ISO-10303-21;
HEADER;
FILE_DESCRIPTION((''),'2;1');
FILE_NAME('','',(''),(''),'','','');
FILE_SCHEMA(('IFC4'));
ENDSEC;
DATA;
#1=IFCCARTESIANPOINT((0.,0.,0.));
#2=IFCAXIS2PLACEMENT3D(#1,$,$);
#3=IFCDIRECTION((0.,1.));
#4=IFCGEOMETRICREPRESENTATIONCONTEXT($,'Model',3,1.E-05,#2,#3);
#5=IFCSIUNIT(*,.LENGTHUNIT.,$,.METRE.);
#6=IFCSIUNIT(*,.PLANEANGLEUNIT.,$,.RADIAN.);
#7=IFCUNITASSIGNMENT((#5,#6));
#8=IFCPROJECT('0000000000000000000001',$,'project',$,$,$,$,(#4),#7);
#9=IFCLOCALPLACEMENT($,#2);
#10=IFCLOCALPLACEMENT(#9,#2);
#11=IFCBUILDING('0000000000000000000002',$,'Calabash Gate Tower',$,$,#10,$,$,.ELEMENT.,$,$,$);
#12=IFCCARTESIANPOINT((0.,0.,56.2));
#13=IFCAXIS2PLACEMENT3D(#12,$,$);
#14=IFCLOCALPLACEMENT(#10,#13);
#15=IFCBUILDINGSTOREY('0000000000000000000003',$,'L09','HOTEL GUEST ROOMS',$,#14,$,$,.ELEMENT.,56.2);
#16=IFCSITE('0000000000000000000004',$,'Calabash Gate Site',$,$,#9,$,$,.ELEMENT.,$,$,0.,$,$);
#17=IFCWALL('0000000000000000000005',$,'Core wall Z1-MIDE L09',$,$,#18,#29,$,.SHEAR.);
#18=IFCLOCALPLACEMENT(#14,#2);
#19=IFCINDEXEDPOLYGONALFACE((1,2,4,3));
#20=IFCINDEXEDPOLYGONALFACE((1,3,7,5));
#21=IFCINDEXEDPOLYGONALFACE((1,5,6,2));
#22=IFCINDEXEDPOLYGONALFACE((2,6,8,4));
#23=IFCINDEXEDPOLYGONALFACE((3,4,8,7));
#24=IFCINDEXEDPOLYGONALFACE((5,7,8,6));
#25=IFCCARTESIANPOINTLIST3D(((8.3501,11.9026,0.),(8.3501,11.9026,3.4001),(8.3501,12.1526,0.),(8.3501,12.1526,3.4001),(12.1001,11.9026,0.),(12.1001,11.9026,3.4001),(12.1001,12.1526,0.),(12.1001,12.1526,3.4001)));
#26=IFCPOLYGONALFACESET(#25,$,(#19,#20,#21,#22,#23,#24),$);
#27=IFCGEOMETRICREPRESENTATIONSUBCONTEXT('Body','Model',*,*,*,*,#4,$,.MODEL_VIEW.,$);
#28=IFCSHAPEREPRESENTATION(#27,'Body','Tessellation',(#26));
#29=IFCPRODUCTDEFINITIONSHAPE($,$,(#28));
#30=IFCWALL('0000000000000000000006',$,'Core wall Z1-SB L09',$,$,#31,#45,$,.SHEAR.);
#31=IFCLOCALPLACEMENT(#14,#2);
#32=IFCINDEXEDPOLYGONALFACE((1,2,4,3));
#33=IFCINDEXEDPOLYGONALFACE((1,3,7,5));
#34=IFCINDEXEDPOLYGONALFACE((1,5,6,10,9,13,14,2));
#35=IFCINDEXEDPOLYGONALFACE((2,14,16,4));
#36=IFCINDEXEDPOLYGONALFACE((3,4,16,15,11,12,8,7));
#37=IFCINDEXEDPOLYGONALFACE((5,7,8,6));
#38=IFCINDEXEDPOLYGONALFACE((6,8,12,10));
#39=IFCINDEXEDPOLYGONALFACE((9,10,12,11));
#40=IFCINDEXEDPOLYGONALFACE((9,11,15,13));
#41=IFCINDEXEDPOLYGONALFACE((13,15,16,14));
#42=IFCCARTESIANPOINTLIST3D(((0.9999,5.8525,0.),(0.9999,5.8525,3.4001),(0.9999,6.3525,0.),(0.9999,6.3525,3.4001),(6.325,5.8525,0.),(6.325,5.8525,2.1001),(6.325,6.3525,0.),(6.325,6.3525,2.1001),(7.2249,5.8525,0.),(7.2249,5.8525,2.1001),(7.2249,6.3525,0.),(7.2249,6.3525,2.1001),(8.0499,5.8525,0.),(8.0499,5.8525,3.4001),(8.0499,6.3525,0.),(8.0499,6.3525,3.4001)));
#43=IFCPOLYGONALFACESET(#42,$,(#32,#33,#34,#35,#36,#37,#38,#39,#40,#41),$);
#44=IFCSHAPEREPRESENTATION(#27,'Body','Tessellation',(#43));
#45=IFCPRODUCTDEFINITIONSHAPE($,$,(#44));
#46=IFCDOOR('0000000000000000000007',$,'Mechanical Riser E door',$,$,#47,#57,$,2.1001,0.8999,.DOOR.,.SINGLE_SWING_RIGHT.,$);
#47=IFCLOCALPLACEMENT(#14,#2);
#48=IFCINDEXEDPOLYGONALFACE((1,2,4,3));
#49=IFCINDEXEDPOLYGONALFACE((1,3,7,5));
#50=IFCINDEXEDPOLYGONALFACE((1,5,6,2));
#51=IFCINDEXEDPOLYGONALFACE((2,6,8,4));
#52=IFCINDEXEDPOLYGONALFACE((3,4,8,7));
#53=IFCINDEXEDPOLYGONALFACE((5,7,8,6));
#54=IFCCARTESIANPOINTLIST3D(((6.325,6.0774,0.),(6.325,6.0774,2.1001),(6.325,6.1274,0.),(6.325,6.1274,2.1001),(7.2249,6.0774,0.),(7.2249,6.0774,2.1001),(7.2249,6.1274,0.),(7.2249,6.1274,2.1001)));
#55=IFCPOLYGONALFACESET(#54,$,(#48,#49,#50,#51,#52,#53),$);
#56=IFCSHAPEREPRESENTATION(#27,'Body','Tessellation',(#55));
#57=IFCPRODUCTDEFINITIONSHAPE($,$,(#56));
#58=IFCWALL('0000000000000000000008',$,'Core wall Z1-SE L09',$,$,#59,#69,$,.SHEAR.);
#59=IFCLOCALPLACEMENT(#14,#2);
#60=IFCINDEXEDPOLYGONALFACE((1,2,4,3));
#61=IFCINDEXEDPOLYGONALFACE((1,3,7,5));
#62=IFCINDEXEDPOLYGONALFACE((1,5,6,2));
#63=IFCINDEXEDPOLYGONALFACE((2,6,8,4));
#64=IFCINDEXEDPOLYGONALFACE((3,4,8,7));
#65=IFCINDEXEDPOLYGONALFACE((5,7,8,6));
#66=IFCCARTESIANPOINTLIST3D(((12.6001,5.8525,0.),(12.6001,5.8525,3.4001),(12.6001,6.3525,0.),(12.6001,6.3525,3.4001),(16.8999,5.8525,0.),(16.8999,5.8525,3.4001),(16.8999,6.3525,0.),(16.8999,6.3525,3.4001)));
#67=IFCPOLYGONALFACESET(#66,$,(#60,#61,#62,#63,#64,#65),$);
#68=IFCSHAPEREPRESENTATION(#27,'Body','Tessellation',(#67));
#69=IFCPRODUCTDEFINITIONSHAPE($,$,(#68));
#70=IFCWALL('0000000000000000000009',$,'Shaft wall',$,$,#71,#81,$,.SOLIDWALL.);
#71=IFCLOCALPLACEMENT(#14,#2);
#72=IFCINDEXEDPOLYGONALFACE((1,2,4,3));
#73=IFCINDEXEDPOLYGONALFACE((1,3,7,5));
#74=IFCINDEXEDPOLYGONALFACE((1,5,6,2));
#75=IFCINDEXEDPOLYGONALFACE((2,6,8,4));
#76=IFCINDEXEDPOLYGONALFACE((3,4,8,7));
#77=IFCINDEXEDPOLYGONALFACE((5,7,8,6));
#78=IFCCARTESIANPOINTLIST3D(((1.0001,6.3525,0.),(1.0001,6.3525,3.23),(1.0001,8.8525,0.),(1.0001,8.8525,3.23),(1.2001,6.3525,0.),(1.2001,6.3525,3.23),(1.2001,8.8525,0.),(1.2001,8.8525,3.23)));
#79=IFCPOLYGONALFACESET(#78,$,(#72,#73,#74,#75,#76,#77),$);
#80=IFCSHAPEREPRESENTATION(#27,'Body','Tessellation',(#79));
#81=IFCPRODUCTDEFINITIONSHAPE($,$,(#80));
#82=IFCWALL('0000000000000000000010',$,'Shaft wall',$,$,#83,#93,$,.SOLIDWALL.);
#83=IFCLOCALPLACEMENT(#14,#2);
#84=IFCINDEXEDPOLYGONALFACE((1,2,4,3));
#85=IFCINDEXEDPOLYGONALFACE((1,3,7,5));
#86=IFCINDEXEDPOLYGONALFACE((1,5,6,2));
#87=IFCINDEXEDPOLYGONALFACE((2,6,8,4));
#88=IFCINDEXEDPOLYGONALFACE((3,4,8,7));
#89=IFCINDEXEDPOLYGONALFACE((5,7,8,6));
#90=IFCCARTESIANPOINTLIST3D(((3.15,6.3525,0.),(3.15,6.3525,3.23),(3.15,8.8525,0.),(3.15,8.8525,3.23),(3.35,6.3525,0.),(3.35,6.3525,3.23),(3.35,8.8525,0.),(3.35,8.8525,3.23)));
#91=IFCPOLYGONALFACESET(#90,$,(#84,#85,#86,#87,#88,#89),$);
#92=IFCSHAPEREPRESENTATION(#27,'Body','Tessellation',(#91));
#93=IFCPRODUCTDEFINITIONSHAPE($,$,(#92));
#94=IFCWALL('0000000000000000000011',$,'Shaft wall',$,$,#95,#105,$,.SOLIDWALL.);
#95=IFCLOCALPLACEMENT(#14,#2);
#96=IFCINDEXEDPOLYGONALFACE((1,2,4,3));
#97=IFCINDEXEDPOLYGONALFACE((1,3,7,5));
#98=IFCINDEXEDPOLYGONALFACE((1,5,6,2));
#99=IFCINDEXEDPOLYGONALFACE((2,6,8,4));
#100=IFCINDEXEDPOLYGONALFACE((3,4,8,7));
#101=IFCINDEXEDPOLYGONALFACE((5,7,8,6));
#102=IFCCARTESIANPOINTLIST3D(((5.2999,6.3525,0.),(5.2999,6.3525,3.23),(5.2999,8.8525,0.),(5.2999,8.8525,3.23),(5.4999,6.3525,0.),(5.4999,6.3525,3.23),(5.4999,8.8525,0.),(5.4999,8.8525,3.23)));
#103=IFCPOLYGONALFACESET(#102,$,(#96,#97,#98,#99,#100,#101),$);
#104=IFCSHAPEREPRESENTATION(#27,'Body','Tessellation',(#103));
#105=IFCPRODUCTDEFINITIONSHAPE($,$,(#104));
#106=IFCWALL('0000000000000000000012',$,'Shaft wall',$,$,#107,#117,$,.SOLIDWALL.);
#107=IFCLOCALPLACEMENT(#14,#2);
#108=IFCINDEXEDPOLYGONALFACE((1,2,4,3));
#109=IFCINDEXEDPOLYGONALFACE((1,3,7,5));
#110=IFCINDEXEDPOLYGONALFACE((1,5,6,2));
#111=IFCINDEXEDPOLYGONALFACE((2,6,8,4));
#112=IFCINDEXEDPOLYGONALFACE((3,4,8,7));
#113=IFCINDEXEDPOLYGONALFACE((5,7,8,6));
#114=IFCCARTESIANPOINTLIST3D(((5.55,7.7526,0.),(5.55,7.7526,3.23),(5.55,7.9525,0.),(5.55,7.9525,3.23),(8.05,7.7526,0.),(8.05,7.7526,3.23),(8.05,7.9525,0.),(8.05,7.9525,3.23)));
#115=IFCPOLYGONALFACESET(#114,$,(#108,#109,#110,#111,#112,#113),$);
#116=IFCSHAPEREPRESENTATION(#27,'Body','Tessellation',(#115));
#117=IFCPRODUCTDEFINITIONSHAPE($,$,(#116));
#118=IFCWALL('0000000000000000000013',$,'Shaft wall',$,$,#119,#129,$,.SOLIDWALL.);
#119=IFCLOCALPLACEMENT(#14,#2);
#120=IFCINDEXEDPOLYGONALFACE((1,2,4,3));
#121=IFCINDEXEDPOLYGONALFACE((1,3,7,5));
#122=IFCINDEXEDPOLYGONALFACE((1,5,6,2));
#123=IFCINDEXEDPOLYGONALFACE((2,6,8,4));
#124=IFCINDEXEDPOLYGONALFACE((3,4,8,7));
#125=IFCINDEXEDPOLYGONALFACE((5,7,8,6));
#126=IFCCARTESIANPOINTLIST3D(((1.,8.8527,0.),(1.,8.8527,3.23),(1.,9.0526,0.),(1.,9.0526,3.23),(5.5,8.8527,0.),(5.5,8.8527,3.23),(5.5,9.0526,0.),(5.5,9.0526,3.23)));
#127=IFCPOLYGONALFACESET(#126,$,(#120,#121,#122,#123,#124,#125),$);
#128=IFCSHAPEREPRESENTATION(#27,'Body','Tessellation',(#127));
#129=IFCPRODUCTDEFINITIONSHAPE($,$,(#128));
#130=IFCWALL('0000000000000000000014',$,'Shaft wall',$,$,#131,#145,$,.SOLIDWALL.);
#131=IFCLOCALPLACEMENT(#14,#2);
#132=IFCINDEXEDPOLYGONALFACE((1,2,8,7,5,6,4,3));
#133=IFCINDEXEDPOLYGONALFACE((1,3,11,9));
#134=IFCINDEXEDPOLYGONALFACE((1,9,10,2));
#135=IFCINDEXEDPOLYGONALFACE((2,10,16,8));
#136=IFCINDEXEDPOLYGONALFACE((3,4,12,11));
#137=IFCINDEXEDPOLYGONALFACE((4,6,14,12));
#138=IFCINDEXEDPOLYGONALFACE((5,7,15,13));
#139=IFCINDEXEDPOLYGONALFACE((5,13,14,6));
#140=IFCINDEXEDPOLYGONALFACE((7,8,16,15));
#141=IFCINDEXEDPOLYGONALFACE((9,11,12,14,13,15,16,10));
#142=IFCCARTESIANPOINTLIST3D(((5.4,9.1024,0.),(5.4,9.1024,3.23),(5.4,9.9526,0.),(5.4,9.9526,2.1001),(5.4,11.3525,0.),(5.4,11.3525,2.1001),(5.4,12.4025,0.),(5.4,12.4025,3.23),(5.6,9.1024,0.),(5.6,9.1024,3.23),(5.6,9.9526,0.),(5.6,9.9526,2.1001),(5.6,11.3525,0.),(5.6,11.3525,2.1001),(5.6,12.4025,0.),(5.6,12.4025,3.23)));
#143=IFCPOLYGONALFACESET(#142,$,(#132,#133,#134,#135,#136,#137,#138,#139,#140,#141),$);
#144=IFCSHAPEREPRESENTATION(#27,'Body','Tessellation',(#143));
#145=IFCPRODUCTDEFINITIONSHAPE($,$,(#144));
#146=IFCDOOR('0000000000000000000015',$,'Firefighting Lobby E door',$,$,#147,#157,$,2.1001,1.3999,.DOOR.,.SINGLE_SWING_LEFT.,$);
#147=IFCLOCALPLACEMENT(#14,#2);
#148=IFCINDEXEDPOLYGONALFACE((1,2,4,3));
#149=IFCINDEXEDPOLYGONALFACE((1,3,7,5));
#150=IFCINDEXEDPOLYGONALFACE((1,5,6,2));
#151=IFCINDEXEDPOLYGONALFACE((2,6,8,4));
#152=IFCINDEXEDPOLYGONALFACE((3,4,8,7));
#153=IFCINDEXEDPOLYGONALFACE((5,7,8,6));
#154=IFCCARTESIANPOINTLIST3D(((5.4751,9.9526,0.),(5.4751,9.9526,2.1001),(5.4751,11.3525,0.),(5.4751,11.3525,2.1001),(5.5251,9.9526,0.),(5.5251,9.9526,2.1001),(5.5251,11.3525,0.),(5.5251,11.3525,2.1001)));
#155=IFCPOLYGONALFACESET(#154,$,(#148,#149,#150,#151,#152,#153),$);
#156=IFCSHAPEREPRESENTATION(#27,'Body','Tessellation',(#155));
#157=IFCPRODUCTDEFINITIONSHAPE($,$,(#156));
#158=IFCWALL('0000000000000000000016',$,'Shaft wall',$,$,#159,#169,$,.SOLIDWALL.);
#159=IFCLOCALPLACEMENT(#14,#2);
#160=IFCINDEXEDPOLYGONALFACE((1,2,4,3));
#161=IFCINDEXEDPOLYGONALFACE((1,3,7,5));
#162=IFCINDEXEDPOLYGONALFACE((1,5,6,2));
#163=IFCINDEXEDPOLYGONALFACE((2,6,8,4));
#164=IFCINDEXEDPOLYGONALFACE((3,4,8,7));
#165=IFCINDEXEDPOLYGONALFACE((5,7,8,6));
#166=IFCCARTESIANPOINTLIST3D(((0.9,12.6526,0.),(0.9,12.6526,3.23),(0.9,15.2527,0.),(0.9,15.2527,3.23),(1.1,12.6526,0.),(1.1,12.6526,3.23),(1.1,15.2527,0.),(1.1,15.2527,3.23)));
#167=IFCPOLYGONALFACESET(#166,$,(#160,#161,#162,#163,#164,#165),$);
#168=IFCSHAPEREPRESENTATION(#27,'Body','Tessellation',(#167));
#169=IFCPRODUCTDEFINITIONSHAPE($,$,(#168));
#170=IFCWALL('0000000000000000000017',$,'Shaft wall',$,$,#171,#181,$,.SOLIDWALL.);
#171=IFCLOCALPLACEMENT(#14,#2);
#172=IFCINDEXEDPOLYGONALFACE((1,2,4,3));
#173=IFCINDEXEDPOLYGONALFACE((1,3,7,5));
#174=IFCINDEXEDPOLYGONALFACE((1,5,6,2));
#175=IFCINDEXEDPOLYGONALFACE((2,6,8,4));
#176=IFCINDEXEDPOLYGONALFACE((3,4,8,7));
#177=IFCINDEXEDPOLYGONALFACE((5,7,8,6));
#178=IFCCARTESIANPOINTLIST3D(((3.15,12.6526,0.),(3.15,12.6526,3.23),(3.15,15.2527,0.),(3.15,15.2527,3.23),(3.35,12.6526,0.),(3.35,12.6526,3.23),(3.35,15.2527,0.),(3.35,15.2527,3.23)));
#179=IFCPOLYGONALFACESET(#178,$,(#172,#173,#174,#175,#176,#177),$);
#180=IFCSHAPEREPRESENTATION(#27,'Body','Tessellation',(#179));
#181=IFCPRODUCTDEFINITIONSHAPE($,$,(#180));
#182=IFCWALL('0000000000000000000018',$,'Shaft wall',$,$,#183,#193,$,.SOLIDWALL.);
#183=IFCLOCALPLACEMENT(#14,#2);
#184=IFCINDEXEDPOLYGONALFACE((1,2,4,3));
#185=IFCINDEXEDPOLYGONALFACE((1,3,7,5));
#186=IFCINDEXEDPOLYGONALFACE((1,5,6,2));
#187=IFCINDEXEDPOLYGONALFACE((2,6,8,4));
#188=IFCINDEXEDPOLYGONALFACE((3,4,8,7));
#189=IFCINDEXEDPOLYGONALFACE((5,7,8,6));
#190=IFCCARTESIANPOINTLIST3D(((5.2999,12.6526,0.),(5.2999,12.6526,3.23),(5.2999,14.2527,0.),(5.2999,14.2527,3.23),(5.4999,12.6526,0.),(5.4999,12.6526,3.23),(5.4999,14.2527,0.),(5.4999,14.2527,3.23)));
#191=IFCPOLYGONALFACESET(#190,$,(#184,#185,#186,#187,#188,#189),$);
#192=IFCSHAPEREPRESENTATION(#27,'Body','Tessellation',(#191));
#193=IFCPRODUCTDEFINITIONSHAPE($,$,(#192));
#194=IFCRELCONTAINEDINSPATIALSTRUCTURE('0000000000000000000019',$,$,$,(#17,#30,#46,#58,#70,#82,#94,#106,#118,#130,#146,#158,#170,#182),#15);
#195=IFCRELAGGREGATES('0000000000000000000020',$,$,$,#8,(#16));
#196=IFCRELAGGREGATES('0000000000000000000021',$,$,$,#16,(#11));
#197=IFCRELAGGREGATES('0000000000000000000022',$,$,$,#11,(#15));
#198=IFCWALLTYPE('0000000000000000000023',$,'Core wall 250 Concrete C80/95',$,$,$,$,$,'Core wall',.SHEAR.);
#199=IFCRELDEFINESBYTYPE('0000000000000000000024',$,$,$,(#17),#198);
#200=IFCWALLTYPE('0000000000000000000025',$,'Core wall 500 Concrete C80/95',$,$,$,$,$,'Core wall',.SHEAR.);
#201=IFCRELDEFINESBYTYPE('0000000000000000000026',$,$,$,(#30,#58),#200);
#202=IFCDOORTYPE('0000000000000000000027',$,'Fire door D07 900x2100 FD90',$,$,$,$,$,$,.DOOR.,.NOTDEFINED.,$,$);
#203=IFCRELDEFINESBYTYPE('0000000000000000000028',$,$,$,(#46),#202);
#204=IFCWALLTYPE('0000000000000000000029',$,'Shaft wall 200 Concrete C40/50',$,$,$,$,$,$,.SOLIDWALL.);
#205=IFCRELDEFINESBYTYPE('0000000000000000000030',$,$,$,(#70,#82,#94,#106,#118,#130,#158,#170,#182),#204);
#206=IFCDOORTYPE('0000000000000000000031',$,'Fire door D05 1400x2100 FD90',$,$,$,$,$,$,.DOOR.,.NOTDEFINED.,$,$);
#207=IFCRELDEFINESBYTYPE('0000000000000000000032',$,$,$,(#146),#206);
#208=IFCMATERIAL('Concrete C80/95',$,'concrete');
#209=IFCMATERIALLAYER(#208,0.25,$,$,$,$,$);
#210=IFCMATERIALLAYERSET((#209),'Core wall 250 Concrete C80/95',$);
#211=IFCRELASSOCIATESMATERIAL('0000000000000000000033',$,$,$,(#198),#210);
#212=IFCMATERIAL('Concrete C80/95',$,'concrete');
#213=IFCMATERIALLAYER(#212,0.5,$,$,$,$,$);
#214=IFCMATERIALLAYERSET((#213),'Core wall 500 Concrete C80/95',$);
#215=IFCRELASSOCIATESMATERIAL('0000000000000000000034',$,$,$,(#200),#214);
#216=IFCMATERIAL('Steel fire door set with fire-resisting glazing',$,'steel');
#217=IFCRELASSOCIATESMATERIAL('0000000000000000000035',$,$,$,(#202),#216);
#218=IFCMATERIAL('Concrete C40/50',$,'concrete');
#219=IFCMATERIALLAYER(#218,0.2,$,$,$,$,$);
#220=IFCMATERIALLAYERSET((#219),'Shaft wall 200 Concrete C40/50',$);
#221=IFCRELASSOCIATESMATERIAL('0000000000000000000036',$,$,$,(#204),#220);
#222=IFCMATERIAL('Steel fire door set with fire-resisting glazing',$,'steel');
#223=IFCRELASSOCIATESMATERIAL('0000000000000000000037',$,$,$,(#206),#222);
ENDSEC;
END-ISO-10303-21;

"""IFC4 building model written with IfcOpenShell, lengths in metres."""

from ifc_helpers import new_model, si_unit, direction, frame, frame_2d, origin, place, context, subcontext, project, spatial, rectangle, extrude, material, layer, layer_set, type_object, element, fill, save


model = new_model("IFC4")

# Units and contexts
model_context = context("Model", 3, precision=1e-05, world=origin(), true_north=direction((0.0, 1.0)))
body_context = subcontext(model_context, "Body", "Model", "MODEL_VIEW")
ifc_project = project(units=[si_unit("LENGTHUNIT", "METRE"), si_unit("PLANEANGLEUNIT", "RADIAN")], contexts=[model_context])

# Site, building, storey
site_placement = place(None, origin())
site = spatial("IfcSite", under=ifc_project, at=site_placement, Name="Calabash Gate Site", CompositionType="ELEMENT", RefElevation=0.0)
building_placement = place(site_placement, origin())
building = spatial("IfcBuilding", under=site, at=building_placement, Name="Calabash Gate Tower", CompositionType="ELEMENT")
storey_placement = place(building_placement, frame((0.0, 0.0, 56.2)))
storey = spatial("IfcBuildingStorey", under=building, at=storey_placement, Name="L09", Description="HOTEL GUEST ROOMS", CompositionType="ELEMENT", Elevation=56.2)

# Wall
ifc_material_1 = material(Name="Concrete C80/95", Category="concrete")
ifc_layer_1 = layer(ifc_material_1, 0.25)
ifc_layer_set_1 = layer_set([ifc_layer_1], Name="Core wall 250 Concrete C80/95")
wall_type_1 = type_object("IfcWallType", Name="Core wall 250 Concrete C80/95", ElementType="Core wall", PredefinedType="SHEAR", material=ifc_layer_set_1)
wall_1_placement = place(storey_placement, frame((8.3501, 12.0276, 0.0), z_axis=(0.0, 0.0, 1.0), x_axis=(1.0, 0.0, 0.0)))
element("IfcWall", 1, at=wall_1_placement, inside=storey, type_object=wall_type_1, Name="Core wall Z1-MIDE L09", PredefinedType="SHEAR", context=body_context, shape_type="SweptSolid", body=[
    extrude(rectangle(XDim=3.75, YDim=0.25, at=frame_2d((1.875, 0.0))), origin(), (0.0, 0.0, 1.0), 3.4001),
])

# Wall, opening, door
ifc_material_2 = material(Name="Concrete C80/95", Category="concrete")
ifc_layer_2 = layer(ifc_material_2, 0.5)
ifc_layer_set_2 = layer_set([ifc_layer_2], Name="Core wall 500 Concrete C80/95")
wall_type_2 = type_object("IfcWallType", Name="Core wall 500 Concrete C80/95", ElementType="Core wall", PredefinedType="SHEAR", material=ifc_layer_set_2)
wall_2_placement = place(storey_placement, frame((1.0, 6.1025, 0.0), z_axis=(0.0, 0.0, 1.0), x_axis=(1.0, 0.0, 0.0)))
wall_2 = element("IfcWall", 2, at=wall_2_placement, inside=storey, type_object=wall_type_2, Name="Core wall Z1-SB L09", PredefinedType="SHEAR", context=body_context, shape_type="SweptSolid", body=[
    extrude(rectangle(XDim=7.05, YDim=0.5, at=frame_2d((3.5249, 0.0))), origin(), (0.0, 0.0, 1.0), 3.4001),
])
opening_1_placement = place(wall_2_placement, frame((5.325, 0.0, 0.0)))
opening_1 = element("IfcOpeningElement", 3, at=opening_1_placement, cuts=wall_2, PredefinedType="OPENING", context=body_context, shape_type="SweptSolid", body=[
    extrude(rectangle(XDim=0.8999, YDim=2.1001, at=frame_2d((0.45, 1.05))), frame((0.0, 0.26, 0.0), z_axis=(0.0, -1.0, 0.0), x_axis=(1.0, 0.0, 0.0)), (0.0, 0.0, 1.0), 0.52),
])
ifc_material_3 = material(Name="Steel fire door set with fire-resisting glazing", Category="steel")
door_type_1 = type_object("IfcDoorType", Name="Fire door D07 900x2100 FD90", OperationType="NOTDEFINED", PredefinedType="DOOR", material=ifc_material_3)
door_1_placement = place(opening_1_placement, origin())
door_1 = element("IfcDoor", 4, at=door_1_placement, inside=storey, type_object=door_type_1, Name="Mechanical Riser E door", OperationType="SINGLE_SWING_RIGHT", OverallHeight=2.1001, OverallWidth=0.8999, PredefinedType="DOOR", context=body_context, shape_type="SweptSolid", body=[
    extrude(rectangle(XDim=0.8999, YDim=2.1001, at=frame_2d((0.45, 1.05))), frame((0.0, 0.0249, 0.0), z_axis=(0.0, -1.0, 0.0), x_axis=(1.0, 0.0, 0.0)), (0.0, 0.0, 1.0), 0.05),
])
fill(opening_1, door_1)

# Walls
wall_3_placement = place(storey_placement, frame((12.6001, 6.1025, 0.0), z_axis=(0.0, 0.0, 1.0), x_axis=(1.0, 0.0, 0.0)))
element("IfcWall", 5, at=wall_3_placement, inside=storey, type_object=wall_type_2, Name="Core wall Z1-SE L09", PredefinedType="SHEAR", context=body_context, shape_type="SweptSolid", body=[
    extrude(rectangle(XDim=4.2998, YDim=0.5, at=frame_2d((2.1499, 0.0))), origin(), (0.0, 0.0, 1.0), 3.4001),
])
ifc_material_4 = material(Name="Concrete C40/50", Category="concrete")
ifc_layer_3 = layer(ifc_material_4, 0.2)
ifc_layer_set_3 = layer_set([ifc_layer_3], Name="Shaft wall 200 Concrete C40/50")
wall_type_3 = type_object("IfcWallType", Name="Shaft wall 200 Concrete C40/50", PredefinedType="SOLIDWALL", material=ifc_layer_set_3)
for number, where, z_axis, x_axis, name in (
    (6, (1.1001, 6.3525, 0.0), (0.0, 0.0, 1.0), (0.0, 1.0, 0.0), "Shaft wall"),
    (7, (3.25, 6.3525, 0.0), (0.0, 0.0, 1.0), (0.0, 1.0, 0.0), "Shaft wall"),
    (8, (5.3999, 6.3525, 0.0), (0.0, 0.0, 1.0), (0.0, 1.0, 0.0), "Shaft wall"),
    (9, (5.55, 7.8525, 0.0), (0.0, 0.0, 1.0), (1.0, 0.0, 0.0), "Shaft wall"),
):
    element("IfcWall", number, at=place(storey_placement, frame(where, z_axis=z_axis, x_axis=x_axis)), inside=storey, type_object=wall_type_3, Name=name, PredefinedType="SOLIDWALL", context=body_context, shape_type="SweptSolid", body=[
        extrude(rectangle(XDim=2.5, YDim=0.2, at=frame_2d((1.25, 0.0))), origin(), (0.0, 0.0, 1.0), 3.23),
    ])
wall_4_placement = place(storey_placement, frame((1.0, 8.9526, 0.0), z_axis=(0.0, 0.0, 1.0), x_axis=(1.0, 0.0, 0.0)))
element("IfcWall", 10, at=wall_4_placement, inside=storey, type_object=wall_type_3, Name="Shaft wall", PredefinedType="SOLIDWALL", context=body_context, shape_type="SweptSolid", body=[
    extrude(rectangle(XDim=4.5, YDim=0.2, at=frame_2d((2.25, 0.0))), origin(), (0.0, 0.0, 1.0), 3.23),
])

# Wall, opening, door
wall_5_placement = place(storey_placement, frame((5.5, 9.1025, 0.0), z_axis=(0.0, 0.0, 1.0), x_axis=(0.0, 1.0, 0.0)))
wall_5 = element("IfcWall", 11, at=wall_5_placement, inside=storey, type_object=wall_type_3, Name="Shaft wall", PredefinedType="SOLIDWALL", context=body_context, shape_type="SweptSolid", body=[
    extrude(rectangle(XDim=3.3, YDim=0.2, at=frame_2d((1.6499, 0.0))), origin(), (0.0, 0.0, 1.0), 3.23),
])
opening_2_placement = place(wall_5_placement, frame((0.8501, 0.0, 0.0)))
opening_2 = element("IfcOpeningElement", 12, at=opening_2_placement, cuts=wall_5, PredefinedType="OPENING", context=body_context, shape_type="SweptSolid", body=[
    extrude(rectangle(XDim=1.3999, YDim=2.1001, at=frame_2d((0.7, 1.05))), frame((0.0, 0.1099, 0.0), z_axis=(0.0, -1.0, 0.0), x_axis=(1.0, 0.0, 0.0)), (0.0, 0.0, 1.0), 0.22),
])
ifc_material_5 = material(Name="Steel fire door set with fire-resisting glazing", Category="steel")
door_type_2 = type_object("IfcDoorType", Name="Fire door D05 1400x2100 FD90", OperationType="NOTDEFINED", PredefinedType="DOOR", material=ifc_material_5)
door_2_placement = place(opening_2_placement, origin())
door_2 = element("IfcDoor", 13, at=door_2_placement, inside=storey, type_object=door_type_2, Name="Firefighting Lobby E door", OperationType="SINGLE_SWING_LEFT", OverallHeight=2.1001, OverallWidth=1.3999, PredefinedType="DOOR", context=body_context, shape_type="SweptSolid", body=[
    extrude(rectangle(XDim=1.3999, YDim=2.1001, at=frame_2d((0.7, 1.05))), frame((0.0, 0.0249, 0.0), z_axis=(0.0, -1.0, 0.0), x_axis=(1.0, 0.0, 0.0)), (0.0, 0.0, 1.0), 0.05),
])
fill(opening_2, door_2)

# Walls
for number, where, z_axis, x_axis, name in (
    (14, (1.0, 12.6526, 0.0), (0.0, 0.0, 1.0), (0.0, 1.0, 0.0), "Shaft wall"),
    (15, (3.25, 12.6526, 0.0), (0.0, 0.0, 1.0), (0.0, 1.0, 0.0), "Shaft wall"),
):
    element("IfcWall", number, at=place(storey_placement, frame(where, z_axis=z_axis, x_axis=x_axis)), inside=storey, type_object=wall_type_3, Name=name, PredefinedType="SOLIDWALL", context=body_context, shape_type="SweptSolid", body=[
        extrude(rectangle(XDim=2.6001, YDim=0.2, at=frame_2d((1.3, 0.0))), origin(), (0.0, 0.0, 1.0), 3.23),
    ])
wall_6_placement = place(storey_placement, frame((5.3999, 12.6526, 0.0), z_axis=(0.0, 0.0, 1.0), x_axis=(0.0, 1.0, 0.0)))
element("IfcWall", 16, at=wall_6_placement, inside=storey, type_object=wall_type_3, Name="Shaft wall", PredefinedType="SOLIDWALL", context=body_context, shape_type="SweptSolid", body=[
    extrude(rectangle(XDim=1.6001, YDim=0.2, at=frame_2d((0.8, 0.0))), origin(), (0.0, 0.0, 1.0), 3.23),
])

save(model, "model.ifc")
